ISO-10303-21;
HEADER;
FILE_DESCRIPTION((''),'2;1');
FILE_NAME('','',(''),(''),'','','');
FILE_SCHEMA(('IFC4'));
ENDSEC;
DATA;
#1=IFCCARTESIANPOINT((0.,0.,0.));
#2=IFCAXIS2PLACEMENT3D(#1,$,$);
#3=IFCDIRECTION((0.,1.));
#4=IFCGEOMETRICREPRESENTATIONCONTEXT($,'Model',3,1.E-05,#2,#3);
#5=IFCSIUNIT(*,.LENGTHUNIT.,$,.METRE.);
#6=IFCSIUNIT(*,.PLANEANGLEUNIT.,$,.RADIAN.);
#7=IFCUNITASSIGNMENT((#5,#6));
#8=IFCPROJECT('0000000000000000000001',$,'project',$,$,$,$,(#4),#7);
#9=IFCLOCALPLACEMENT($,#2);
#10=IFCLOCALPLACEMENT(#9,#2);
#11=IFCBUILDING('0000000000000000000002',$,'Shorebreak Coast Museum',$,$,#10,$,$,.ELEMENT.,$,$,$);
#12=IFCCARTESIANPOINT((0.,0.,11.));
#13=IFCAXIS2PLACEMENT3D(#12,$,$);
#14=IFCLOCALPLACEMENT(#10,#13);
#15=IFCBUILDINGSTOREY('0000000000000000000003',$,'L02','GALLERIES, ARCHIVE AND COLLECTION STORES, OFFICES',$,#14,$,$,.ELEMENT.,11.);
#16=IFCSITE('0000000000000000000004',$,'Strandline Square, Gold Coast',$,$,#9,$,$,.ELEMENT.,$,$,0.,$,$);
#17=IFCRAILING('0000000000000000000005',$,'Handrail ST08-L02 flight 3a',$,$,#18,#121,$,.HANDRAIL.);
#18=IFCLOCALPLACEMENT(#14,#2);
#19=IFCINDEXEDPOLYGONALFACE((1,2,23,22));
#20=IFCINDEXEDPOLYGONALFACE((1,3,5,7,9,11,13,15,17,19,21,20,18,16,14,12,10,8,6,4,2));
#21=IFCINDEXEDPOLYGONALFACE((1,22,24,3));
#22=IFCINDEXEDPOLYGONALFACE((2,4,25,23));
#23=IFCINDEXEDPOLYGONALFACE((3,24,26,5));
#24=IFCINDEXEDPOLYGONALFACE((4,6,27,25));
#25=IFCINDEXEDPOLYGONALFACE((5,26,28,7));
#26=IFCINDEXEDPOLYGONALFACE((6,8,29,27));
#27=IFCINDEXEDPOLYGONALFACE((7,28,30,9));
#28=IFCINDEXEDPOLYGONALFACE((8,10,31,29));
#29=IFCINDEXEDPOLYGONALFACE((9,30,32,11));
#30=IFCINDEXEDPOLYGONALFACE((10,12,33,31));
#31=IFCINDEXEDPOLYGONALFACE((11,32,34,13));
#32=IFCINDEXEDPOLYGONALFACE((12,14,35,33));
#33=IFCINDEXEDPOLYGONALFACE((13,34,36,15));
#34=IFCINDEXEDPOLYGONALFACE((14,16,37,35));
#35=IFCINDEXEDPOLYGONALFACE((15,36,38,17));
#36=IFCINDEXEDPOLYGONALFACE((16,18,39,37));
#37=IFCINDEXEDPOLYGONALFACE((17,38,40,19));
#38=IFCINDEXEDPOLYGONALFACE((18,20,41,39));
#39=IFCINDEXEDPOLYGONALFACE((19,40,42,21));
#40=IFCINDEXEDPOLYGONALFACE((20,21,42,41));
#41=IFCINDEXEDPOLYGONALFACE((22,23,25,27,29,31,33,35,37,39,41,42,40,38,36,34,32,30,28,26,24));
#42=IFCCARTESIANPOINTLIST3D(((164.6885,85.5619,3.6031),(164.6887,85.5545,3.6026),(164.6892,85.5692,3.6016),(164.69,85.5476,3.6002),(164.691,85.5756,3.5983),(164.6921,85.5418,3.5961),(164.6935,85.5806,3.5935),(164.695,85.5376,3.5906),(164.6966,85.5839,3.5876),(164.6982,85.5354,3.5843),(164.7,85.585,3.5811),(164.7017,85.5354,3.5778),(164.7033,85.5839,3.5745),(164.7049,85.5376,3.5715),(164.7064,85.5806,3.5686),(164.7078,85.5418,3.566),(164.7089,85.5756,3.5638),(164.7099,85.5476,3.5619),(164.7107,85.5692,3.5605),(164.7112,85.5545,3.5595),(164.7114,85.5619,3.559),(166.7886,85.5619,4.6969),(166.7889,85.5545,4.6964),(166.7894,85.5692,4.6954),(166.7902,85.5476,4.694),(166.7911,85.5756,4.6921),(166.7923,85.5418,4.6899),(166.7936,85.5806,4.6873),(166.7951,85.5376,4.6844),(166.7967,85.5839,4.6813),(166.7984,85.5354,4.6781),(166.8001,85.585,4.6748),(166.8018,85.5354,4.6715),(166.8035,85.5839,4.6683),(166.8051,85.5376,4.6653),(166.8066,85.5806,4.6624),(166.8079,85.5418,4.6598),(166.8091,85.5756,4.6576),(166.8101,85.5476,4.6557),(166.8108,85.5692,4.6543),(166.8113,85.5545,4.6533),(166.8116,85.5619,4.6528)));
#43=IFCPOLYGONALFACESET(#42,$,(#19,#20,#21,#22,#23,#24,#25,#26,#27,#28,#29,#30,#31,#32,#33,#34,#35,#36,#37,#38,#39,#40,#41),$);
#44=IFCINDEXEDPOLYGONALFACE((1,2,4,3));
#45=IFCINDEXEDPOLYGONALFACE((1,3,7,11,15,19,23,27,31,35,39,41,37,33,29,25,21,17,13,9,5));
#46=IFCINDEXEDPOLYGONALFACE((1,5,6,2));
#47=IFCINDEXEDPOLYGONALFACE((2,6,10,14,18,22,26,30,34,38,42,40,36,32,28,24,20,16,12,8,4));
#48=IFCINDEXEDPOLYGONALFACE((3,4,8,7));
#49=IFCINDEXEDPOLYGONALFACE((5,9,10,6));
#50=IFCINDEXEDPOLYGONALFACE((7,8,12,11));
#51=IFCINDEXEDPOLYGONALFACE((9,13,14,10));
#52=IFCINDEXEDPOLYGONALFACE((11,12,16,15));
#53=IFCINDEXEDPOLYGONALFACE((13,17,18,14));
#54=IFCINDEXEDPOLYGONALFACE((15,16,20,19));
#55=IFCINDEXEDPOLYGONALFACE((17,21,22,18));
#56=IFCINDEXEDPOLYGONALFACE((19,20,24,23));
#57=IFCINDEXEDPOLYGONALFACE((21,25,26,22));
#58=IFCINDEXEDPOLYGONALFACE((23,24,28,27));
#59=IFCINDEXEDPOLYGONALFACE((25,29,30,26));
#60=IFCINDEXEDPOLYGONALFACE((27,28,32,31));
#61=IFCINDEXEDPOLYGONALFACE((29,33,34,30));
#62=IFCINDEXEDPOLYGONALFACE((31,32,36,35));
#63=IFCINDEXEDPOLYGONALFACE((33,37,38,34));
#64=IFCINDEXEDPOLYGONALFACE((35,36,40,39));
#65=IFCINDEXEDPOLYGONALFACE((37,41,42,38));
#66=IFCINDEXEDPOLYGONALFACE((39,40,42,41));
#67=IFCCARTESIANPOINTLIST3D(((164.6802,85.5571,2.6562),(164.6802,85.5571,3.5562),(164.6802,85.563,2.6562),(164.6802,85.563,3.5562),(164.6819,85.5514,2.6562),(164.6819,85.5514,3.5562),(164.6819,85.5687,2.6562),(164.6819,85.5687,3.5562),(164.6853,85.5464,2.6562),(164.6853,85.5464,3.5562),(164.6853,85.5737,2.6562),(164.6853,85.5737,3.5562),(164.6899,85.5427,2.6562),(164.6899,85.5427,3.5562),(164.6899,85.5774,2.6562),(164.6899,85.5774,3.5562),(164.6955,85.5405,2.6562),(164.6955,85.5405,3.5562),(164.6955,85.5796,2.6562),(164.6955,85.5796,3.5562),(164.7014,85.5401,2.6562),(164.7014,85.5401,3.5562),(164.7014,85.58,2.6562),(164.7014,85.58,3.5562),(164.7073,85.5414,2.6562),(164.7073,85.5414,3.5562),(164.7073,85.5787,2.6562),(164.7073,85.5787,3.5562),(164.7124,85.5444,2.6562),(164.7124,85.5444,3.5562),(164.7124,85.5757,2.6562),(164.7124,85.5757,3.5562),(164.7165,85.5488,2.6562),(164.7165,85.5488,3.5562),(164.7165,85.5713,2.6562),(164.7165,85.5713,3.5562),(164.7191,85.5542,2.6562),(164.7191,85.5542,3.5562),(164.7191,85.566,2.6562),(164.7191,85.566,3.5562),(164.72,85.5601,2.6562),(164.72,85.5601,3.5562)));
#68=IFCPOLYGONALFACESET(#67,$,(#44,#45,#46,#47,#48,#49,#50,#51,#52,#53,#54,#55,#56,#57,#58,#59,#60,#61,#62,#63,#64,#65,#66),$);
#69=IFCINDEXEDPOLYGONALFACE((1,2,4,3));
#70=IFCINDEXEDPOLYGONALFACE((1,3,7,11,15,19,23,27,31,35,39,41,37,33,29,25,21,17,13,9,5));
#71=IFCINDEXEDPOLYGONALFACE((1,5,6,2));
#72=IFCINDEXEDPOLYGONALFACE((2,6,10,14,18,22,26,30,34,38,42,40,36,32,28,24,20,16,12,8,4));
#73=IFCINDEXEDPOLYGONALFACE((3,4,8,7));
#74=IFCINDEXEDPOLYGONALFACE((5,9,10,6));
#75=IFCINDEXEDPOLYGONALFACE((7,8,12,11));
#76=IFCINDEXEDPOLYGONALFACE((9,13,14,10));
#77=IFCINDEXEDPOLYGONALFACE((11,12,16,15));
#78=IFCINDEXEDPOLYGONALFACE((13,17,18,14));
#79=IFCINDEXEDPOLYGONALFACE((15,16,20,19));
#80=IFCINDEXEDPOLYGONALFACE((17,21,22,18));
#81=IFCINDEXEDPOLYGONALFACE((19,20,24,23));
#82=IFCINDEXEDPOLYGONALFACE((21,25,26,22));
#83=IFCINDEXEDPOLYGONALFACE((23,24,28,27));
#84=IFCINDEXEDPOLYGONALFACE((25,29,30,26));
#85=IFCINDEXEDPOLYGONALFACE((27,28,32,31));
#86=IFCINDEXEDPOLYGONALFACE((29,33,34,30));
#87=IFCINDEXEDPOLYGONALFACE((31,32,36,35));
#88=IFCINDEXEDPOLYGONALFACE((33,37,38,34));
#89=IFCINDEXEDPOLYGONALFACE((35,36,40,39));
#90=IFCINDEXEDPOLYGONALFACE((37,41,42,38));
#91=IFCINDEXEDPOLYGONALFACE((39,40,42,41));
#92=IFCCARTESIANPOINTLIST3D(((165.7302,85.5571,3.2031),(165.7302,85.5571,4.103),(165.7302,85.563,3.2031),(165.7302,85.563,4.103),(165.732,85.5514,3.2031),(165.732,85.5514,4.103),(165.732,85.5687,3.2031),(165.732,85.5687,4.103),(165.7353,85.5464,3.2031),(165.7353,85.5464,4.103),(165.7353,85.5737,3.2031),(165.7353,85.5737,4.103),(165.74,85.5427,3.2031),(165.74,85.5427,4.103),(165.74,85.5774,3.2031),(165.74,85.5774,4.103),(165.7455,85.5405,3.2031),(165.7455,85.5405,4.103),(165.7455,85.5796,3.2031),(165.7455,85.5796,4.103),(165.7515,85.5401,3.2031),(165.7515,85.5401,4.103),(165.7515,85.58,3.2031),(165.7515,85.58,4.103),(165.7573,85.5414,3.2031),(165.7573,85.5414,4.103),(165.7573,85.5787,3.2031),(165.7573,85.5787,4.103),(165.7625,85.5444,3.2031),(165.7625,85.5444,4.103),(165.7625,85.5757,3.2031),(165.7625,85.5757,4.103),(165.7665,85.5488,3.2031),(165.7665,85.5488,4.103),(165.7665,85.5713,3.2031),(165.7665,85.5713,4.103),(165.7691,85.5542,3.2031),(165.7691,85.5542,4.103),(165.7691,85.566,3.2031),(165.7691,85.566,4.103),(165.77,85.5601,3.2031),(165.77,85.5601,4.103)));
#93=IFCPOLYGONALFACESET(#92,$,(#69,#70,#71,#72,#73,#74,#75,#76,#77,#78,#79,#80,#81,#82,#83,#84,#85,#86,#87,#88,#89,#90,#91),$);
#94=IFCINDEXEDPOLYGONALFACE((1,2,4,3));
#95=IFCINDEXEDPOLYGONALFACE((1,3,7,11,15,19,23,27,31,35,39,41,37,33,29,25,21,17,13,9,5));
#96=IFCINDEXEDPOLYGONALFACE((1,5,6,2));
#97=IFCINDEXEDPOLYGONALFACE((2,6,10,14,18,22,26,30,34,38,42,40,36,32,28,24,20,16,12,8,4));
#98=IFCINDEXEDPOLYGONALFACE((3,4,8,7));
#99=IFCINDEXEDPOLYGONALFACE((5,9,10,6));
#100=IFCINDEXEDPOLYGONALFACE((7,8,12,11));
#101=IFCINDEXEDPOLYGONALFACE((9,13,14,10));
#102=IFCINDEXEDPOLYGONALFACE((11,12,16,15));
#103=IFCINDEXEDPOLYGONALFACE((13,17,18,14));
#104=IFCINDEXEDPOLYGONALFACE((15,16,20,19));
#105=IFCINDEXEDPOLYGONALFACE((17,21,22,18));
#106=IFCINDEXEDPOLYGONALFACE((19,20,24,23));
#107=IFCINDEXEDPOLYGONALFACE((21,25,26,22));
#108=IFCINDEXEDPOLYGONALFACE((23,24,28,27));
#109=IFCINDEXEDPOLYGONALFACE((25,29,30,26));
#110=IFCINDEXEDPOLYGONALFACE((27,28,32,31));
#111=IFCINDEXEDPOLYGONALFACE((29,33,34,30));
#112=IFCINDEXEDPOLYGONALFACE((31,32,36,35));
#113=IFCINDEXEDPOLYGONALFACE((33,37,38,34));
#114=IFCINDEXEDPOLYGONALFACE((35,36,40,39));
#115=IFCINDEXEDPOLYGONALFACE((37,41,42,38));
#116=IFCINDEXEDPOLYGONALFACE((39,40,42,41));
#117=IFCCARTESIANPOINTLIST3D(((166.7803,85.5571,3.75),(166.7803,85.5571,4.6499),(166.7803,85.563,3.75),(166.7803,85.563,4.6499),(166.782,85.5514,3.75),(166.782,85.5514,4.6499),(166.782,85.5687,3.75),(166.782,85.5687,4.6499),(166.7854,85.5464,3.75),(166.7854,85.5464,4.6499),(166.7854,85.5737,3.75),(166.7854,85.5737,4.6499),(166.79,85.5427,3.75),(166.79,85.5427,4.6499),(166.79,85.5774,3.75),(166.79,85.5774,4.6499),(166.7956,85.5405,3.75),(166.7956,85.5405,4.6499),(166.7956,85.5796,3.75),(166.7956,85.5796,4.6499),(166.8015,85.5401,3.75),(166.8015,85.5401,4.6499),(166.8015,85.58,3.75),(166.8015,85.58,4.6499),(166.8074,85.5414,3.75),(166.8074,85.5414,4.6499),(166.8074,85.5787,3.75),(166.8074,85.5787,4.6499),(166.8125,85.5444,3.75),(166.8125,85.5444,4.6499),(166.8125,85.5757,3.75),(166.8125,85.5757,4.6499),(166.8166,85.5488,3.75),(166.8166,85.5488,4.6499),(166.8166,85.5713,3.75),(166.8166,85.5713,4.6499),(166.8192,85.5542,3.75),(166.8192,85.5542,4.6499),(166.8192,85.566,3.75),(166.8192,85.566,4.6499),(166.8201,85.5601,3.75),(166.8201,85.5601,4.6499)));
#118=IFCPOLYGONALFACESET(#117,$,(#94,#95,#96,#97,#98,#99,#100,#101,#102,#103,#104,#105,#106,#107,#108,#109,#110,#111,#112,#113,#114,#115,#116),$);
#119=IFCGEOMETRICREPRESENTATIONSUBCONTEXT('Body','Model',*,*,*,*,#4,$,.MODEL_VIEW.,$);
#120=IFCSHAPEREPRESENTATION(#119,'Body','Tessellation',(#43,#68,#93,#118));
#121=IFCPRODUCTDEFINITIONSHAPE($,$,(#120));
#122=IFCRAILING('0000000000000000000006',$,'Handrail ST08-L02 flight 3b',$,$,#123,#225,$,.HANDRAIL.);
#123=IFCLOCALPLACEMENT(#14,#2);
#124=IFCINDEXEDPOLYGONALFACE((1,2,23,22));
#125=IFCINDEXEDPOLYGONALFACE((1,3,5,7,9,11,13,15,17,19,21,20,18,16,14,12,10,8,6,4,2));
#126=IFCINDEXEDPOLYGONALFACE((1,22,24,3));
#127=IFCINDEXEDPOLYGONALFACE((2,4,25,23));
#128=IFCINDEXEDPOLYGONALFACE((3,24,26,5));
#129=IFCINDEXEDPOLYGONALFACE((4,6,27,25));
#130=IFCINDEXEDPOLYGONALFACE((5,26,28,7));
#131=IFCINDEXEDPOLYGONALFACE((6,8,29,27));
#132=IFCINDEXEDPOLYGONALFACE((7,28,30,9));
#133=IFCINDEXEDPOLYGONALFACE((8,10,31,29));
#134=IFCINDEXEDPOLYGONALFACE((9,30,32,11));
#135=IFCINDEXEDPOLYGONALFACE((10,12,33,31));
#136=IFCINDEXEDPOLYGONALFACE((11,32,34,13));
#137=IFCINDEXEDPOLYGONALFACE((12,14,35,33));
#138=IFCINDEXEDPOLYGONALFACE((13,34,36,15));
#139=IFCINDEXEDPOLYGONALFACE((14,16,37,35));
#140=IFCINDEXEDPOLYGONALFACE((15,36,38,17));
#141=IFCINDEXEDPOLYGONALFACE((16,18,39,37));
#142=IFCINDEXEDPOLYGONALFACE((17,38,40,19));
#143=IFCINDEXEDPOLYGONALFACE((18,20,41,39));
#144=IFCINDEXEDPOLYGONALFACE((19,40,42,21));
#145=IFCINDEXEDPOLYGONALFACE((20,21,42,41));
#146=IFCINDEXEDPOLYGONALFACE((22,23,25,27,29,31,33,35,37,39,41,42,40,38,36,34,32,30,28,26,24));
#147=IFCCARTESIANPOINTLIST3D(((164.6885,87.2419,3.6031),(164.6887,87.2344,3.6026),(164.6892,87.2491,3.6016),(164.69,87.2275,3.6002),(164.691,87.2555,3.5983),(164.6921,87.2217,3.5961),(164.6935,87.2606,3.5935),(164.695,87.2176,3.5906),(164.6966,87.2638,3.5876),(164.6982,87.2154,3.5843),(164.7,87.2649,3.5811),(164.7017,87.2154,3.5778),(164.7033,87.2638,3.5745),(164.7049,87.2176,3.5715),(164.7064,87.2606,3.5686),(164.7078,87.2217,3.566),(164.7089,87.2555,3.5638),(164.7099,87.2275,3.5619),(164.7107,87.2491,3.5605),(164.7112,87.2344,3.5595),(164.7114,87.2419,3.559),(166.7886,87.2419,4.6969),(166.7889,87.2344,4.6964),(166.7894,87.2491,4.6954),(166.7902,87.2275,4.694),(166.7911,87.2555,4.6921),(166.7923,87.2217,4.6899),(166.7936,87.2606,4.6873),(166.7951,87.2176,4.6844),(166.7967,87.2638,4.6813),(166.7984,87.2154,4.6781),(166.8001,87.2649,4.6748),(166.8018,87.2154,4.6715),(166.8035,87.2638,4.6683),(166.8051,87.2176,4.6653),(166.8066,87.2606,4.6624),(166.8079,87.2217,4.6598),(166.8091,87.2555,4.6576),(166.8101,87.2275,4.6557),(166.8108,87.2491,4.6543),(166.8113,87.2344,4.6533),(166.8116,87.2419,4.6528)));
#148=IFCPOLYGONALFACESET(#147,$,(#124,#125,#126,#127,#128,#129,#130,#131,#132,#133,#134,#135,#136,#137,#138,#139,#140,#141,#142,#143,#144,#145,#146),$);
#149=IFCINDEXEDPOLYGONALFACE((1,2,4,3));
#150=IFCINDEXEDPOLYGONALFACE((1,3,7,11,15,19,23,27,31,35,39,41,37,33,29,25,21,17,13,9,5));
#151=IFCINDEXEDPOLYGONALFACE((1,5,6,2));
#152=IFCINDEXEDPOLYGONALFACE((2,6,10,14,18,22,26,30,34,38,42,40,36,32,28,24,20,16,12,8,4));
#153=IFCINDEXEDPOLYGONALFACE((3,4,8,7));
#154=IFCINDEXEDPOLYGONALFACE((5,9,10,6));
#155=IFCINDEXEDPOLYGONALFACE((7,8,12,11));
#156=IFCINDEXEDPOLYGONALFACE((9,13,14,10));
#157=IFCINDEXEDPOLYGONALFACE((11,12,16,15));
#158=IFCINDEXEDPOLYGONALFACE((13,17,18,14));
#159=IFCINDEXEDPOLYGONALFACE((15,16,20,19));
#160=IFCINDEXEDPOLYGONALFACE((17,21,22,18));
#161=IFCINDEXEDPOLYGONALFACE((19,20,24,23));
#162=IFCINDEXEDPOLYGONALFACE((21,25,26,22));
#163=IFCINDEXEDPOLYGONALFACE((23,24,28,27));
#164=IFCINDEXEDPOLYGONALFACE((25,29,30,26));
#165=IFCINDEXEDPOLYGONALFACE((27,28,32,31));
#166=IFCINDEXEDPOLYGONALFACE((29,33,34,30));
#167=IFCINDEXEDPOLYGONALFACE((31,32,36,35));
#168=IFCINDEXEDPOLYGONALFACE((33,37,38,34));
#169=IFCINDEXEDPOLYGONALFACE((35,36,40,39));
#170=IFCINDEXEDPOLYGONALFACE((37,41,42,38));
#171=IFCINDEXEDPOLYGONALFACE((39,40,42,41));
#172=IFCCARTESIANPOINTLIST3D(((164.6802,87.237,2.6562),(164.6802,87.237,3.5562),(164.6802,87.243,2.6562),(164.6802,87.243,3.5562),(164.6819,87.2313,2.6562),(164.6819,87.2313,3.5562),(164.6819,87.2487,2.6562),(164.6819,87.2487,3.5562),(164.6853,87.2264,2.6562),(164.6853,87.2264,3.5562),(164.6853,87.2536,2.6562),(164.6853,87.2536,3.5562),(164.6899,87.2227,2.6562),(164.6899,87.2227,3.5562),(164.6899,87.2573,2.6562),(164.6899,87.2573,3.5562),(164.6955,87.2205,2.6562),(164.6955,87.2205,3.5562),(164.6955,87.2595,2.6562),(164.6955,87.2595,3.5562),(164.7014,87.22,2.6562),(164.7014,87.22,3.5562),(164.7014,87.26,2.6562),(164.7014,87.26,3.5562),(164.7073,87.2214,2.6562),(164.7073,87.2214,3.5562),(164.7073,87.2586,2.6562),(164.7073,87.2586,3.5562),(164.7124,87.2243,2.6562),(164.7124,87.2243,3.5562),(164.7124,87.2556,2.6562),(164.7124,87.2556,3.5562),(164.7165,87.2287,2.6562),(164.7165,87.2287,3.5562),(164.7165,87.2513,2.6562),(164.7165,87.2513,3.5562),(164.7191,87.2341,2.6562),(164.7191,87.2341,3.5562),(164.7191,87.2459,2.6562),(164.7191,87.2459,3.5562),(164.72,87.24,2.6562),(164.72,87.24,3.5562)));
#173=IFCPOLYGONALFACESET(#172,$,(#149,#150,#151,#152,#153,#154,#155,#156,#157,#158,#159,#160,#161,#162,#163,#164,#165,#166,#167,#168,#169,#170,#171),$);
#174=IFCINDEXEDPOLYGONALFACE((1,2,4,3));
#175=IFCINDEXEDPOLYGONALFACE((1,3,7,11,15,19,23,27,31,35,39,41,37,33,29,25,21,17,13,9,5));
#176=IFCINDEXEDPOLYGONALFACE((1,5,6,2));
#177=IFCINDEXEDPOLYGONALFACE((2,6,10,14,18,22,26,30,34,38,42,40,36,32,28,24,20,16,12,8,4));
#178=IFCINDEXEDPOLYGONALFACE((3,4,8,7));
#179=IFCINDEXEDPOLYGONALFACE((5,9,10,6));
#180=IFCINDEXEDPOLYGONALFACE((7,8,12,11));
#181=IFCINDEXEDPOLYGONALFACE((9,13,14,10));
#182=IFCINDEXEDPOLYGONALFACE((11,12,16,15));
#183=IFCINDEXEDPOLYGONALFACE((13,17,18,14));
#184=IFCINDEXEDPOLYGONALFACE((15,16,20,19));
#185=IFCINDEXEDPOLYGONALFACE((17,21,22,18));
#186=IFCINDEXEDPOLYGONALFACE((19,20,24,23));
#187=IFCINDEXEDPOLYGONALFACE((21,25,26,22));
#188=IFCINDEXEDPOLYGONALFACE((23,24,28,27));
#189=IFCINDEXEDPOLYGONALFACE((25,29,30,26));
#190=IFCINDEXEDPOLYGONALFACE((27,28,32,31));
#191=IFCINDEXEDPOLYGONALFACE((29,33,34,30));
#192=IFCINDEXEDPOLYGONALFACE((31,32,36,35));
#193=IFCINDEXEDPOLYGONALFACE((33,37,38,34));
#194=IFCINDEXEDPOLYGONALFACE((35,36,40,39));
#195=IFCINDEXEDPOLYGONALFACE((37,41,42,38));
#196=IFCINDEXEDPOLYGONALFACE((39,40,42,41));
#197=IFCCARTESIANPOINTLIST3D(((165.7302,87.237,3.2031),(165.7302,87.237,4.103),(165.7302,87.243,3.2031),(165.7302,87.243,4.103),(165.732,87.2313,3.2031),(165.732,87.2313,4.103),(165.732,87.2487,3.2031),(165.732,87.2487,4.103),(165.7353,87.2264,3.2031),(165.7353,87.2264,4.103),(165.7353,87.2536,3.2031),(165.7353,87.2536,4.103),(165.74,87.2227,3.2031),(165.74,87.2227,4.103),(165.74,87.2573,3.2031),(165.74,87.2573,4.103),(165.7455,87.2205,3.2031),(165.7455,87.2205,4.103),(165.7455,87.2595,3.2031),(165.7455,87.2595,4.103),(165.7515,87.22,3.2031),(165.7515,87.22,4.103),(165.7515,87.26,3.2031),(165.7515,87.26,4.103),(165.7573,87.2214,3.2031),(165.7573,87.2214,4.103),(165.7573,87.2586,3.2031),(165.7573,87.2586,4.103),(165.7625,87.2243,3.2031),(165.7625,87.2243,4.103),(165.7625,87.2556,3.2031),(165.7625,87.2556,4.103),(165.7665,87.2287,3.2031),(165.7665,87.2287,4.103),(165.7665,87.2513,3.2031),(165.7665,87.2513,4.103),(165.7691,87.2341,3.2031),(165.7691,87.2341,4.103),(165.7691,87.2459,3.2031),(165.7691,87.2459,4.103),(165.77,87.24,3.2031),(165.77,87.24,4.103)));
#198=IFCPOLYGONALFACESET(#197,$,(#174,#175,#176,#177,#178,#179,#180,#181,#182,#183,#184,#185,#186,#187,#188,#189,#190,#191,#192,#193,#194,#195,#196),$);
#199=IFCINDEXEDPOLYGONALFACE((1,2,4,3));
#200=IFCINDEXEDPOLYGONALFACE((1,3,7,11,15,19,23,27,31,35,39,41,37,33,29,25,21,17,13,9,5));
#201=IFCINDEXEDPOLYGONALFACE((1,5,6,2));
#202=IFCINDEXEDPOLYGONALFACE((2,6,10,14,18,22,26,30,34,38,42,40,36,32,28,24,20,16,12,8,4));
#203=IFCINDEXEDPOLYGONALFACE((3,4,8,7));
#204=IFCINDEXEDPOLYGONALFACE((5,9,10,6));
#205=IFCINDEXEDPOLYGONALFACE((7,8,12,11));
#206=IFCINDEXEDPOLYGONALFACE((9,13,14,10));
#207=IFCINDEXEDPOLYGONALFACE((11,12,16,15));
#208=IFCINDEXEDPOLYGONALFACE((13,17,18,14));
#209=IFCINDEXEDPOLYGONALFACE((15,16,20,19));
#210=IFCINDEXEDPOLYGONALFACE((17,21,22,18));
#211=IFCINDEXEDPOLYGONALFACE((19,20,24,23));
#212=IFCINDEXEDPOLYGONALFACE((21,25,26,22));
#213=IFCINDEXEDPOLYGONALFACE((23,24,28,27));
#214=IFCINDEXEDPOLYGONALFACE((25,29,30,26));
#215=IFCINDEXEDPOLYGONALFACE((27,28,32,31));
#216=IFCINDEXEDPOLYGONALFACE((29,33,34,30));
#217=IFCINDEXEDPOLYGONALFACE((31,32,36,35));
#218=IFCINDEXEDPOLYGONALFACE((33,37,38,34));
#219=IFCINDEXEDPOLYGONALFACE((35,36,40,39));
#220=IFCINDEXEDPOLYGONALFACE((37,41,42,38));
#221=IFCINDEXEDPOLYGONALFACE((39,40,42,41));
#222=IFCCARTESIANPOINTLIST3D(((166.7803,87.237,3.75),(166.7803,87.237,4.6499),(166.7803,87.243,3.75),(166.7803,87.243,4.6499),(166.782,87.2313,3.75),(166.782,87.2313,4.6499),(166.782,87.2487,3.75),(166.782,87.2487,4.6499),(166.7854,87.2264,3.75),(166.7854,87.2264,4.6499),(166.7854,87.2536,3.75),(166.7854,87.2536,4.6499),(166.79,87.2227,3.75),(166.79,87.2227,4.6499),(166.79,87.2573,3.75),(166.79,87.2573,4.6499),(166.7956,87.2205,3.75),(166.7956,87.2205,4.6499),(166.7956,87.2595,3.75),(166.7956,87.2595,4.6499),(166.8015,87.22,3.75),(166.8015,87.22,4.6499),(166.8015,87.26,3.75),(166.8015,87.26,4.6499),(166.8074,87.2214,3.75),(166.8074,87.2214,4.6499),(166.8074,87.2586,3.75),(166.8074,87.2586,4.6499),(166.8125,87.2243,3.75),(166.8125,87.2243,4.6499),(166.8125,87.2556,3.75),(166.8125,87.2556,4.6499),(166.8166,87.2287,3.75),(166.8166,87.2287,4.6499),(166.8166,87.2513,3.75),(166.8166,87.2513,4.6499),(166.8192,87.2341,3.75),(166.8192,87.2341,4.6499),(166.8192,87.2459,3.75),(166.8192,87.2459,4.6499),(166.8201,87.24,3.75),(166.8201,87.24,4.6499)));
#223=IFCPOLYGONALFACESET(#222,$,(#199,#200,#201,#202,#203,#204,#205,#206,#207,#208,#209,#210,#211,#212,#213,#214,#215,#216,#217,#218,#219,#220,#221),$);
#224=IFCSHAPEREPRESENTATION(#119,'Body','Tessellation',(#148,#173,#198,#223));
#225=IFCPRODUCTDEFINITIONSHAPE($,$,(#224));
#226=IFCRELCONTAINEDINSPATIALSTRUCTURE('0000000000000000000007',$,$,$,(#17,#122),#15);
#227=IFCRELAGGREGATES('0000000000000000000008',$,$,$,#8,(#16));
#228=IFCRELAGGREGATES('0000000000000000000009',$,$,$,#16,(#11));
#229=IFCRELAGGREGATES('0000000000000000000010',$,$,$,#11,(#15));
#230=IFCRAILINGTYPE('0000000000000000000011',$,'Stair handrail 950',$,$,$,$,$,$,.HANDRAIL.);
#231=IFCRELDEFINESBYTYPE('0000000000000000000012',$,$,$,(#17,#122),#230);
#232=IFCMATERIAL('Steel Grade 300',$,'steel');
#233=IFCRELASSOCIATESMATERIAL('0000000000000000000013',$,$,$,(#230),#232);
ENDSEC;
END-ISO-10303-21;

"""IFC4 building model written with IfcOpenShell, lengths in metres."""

from ifc_helpers import new_model, si_unit, direction, frame, origin, origin_2d, place, context, subcontext, project, spatial, circle, extrude, material, type_object, element, save


model = new_model("IFC4")

# Units and contexts
model_context = context("Model", 3, precision=1e-05, world=origin(), true_north=direction((0.0, 1.0)))
body_context = subcontext(model_context, "Body", "Model", "MODEL_VIEW")
ifc_project = project(units=[si_unit("LENGTHUNIT", "METRE"), si_unit("PLANEANGLEUNIT", "RADIAN")], contexts=[model_context])

# Site, building, storey
site_placement = place(None, origin())
site = spatial("IfcSite", under=ifc_project, at=site_placement, Name="Strandline Square, Gold Coast", CompositionType="ELEMENT", RefElevation=0.0)
building_placement = place(site_placement, origin())
building = spatial("IfcBuilding", under=site, at=building_placement, Name="Shorebreak Coast Museum", CompositionType="ELEMENT")
storey_placement = place(building_placement, frame((0.0, 0.0, 11.0)))
storey = spatial("IfcBuildingStorey", under=building, at=storey_placement, Name="L02", Description="GALLERIES, ARCHIVE AND COLLECTION STORES, OFFICES", CompositionType="ELEMENT", Elevation=11.0)

# Railings
ifc_material_1 = material(Name="Steel Grade 300", Category="steel")
railing_type_1 = type_object("IfcRailingType", Name="Stair handrail 950", PredefinedType="HANDRAIL", material=ifc_material_1)
for number, where, name in (
    (1, (164.7, 85.5601, 2.6562), "Handrail ST08-L02 flight 3a"),
    (2, (164.7, 87.24, 2.6562), "Handrail ST08-L02 flight 3b"),
):
    element("IfcRailing", number, at=place(storey_placement, frame(where)), inside=storey, type_object=railing_type_1, Name=name, PredefinedType="HANDRAIL", context=body_context, shape_type="SweptSolid", body=[
        extrude(circle(Radius=0.0249, at=origin_2d()), frame((0.0, 0.0, 0.9248), z_axis=(0.886923, 0.0, 0.461918), x_axis=(0.0, 1.0, 0.0)), (0.0, 0.0, 1.0), 2.3679),
        extrude(circle(Radius=0.02, at=origin_2d()), origin(), (0.0, 0.0, 1.0), 0.8999),
        extrude(circle(Radius=0.02, at=origin_2d()), frame((1.05, 0.0, 0.5469)), (0.0, 0.0, 1.0), 0.8999),
        extrude(circle(Radius=0.02, at=origin_2d()), frame((2.1001, 0.0, 1.0938)), (0.0, 0.0, 1.0), 0.8999),
    ])

save(model, "model.ifc")
